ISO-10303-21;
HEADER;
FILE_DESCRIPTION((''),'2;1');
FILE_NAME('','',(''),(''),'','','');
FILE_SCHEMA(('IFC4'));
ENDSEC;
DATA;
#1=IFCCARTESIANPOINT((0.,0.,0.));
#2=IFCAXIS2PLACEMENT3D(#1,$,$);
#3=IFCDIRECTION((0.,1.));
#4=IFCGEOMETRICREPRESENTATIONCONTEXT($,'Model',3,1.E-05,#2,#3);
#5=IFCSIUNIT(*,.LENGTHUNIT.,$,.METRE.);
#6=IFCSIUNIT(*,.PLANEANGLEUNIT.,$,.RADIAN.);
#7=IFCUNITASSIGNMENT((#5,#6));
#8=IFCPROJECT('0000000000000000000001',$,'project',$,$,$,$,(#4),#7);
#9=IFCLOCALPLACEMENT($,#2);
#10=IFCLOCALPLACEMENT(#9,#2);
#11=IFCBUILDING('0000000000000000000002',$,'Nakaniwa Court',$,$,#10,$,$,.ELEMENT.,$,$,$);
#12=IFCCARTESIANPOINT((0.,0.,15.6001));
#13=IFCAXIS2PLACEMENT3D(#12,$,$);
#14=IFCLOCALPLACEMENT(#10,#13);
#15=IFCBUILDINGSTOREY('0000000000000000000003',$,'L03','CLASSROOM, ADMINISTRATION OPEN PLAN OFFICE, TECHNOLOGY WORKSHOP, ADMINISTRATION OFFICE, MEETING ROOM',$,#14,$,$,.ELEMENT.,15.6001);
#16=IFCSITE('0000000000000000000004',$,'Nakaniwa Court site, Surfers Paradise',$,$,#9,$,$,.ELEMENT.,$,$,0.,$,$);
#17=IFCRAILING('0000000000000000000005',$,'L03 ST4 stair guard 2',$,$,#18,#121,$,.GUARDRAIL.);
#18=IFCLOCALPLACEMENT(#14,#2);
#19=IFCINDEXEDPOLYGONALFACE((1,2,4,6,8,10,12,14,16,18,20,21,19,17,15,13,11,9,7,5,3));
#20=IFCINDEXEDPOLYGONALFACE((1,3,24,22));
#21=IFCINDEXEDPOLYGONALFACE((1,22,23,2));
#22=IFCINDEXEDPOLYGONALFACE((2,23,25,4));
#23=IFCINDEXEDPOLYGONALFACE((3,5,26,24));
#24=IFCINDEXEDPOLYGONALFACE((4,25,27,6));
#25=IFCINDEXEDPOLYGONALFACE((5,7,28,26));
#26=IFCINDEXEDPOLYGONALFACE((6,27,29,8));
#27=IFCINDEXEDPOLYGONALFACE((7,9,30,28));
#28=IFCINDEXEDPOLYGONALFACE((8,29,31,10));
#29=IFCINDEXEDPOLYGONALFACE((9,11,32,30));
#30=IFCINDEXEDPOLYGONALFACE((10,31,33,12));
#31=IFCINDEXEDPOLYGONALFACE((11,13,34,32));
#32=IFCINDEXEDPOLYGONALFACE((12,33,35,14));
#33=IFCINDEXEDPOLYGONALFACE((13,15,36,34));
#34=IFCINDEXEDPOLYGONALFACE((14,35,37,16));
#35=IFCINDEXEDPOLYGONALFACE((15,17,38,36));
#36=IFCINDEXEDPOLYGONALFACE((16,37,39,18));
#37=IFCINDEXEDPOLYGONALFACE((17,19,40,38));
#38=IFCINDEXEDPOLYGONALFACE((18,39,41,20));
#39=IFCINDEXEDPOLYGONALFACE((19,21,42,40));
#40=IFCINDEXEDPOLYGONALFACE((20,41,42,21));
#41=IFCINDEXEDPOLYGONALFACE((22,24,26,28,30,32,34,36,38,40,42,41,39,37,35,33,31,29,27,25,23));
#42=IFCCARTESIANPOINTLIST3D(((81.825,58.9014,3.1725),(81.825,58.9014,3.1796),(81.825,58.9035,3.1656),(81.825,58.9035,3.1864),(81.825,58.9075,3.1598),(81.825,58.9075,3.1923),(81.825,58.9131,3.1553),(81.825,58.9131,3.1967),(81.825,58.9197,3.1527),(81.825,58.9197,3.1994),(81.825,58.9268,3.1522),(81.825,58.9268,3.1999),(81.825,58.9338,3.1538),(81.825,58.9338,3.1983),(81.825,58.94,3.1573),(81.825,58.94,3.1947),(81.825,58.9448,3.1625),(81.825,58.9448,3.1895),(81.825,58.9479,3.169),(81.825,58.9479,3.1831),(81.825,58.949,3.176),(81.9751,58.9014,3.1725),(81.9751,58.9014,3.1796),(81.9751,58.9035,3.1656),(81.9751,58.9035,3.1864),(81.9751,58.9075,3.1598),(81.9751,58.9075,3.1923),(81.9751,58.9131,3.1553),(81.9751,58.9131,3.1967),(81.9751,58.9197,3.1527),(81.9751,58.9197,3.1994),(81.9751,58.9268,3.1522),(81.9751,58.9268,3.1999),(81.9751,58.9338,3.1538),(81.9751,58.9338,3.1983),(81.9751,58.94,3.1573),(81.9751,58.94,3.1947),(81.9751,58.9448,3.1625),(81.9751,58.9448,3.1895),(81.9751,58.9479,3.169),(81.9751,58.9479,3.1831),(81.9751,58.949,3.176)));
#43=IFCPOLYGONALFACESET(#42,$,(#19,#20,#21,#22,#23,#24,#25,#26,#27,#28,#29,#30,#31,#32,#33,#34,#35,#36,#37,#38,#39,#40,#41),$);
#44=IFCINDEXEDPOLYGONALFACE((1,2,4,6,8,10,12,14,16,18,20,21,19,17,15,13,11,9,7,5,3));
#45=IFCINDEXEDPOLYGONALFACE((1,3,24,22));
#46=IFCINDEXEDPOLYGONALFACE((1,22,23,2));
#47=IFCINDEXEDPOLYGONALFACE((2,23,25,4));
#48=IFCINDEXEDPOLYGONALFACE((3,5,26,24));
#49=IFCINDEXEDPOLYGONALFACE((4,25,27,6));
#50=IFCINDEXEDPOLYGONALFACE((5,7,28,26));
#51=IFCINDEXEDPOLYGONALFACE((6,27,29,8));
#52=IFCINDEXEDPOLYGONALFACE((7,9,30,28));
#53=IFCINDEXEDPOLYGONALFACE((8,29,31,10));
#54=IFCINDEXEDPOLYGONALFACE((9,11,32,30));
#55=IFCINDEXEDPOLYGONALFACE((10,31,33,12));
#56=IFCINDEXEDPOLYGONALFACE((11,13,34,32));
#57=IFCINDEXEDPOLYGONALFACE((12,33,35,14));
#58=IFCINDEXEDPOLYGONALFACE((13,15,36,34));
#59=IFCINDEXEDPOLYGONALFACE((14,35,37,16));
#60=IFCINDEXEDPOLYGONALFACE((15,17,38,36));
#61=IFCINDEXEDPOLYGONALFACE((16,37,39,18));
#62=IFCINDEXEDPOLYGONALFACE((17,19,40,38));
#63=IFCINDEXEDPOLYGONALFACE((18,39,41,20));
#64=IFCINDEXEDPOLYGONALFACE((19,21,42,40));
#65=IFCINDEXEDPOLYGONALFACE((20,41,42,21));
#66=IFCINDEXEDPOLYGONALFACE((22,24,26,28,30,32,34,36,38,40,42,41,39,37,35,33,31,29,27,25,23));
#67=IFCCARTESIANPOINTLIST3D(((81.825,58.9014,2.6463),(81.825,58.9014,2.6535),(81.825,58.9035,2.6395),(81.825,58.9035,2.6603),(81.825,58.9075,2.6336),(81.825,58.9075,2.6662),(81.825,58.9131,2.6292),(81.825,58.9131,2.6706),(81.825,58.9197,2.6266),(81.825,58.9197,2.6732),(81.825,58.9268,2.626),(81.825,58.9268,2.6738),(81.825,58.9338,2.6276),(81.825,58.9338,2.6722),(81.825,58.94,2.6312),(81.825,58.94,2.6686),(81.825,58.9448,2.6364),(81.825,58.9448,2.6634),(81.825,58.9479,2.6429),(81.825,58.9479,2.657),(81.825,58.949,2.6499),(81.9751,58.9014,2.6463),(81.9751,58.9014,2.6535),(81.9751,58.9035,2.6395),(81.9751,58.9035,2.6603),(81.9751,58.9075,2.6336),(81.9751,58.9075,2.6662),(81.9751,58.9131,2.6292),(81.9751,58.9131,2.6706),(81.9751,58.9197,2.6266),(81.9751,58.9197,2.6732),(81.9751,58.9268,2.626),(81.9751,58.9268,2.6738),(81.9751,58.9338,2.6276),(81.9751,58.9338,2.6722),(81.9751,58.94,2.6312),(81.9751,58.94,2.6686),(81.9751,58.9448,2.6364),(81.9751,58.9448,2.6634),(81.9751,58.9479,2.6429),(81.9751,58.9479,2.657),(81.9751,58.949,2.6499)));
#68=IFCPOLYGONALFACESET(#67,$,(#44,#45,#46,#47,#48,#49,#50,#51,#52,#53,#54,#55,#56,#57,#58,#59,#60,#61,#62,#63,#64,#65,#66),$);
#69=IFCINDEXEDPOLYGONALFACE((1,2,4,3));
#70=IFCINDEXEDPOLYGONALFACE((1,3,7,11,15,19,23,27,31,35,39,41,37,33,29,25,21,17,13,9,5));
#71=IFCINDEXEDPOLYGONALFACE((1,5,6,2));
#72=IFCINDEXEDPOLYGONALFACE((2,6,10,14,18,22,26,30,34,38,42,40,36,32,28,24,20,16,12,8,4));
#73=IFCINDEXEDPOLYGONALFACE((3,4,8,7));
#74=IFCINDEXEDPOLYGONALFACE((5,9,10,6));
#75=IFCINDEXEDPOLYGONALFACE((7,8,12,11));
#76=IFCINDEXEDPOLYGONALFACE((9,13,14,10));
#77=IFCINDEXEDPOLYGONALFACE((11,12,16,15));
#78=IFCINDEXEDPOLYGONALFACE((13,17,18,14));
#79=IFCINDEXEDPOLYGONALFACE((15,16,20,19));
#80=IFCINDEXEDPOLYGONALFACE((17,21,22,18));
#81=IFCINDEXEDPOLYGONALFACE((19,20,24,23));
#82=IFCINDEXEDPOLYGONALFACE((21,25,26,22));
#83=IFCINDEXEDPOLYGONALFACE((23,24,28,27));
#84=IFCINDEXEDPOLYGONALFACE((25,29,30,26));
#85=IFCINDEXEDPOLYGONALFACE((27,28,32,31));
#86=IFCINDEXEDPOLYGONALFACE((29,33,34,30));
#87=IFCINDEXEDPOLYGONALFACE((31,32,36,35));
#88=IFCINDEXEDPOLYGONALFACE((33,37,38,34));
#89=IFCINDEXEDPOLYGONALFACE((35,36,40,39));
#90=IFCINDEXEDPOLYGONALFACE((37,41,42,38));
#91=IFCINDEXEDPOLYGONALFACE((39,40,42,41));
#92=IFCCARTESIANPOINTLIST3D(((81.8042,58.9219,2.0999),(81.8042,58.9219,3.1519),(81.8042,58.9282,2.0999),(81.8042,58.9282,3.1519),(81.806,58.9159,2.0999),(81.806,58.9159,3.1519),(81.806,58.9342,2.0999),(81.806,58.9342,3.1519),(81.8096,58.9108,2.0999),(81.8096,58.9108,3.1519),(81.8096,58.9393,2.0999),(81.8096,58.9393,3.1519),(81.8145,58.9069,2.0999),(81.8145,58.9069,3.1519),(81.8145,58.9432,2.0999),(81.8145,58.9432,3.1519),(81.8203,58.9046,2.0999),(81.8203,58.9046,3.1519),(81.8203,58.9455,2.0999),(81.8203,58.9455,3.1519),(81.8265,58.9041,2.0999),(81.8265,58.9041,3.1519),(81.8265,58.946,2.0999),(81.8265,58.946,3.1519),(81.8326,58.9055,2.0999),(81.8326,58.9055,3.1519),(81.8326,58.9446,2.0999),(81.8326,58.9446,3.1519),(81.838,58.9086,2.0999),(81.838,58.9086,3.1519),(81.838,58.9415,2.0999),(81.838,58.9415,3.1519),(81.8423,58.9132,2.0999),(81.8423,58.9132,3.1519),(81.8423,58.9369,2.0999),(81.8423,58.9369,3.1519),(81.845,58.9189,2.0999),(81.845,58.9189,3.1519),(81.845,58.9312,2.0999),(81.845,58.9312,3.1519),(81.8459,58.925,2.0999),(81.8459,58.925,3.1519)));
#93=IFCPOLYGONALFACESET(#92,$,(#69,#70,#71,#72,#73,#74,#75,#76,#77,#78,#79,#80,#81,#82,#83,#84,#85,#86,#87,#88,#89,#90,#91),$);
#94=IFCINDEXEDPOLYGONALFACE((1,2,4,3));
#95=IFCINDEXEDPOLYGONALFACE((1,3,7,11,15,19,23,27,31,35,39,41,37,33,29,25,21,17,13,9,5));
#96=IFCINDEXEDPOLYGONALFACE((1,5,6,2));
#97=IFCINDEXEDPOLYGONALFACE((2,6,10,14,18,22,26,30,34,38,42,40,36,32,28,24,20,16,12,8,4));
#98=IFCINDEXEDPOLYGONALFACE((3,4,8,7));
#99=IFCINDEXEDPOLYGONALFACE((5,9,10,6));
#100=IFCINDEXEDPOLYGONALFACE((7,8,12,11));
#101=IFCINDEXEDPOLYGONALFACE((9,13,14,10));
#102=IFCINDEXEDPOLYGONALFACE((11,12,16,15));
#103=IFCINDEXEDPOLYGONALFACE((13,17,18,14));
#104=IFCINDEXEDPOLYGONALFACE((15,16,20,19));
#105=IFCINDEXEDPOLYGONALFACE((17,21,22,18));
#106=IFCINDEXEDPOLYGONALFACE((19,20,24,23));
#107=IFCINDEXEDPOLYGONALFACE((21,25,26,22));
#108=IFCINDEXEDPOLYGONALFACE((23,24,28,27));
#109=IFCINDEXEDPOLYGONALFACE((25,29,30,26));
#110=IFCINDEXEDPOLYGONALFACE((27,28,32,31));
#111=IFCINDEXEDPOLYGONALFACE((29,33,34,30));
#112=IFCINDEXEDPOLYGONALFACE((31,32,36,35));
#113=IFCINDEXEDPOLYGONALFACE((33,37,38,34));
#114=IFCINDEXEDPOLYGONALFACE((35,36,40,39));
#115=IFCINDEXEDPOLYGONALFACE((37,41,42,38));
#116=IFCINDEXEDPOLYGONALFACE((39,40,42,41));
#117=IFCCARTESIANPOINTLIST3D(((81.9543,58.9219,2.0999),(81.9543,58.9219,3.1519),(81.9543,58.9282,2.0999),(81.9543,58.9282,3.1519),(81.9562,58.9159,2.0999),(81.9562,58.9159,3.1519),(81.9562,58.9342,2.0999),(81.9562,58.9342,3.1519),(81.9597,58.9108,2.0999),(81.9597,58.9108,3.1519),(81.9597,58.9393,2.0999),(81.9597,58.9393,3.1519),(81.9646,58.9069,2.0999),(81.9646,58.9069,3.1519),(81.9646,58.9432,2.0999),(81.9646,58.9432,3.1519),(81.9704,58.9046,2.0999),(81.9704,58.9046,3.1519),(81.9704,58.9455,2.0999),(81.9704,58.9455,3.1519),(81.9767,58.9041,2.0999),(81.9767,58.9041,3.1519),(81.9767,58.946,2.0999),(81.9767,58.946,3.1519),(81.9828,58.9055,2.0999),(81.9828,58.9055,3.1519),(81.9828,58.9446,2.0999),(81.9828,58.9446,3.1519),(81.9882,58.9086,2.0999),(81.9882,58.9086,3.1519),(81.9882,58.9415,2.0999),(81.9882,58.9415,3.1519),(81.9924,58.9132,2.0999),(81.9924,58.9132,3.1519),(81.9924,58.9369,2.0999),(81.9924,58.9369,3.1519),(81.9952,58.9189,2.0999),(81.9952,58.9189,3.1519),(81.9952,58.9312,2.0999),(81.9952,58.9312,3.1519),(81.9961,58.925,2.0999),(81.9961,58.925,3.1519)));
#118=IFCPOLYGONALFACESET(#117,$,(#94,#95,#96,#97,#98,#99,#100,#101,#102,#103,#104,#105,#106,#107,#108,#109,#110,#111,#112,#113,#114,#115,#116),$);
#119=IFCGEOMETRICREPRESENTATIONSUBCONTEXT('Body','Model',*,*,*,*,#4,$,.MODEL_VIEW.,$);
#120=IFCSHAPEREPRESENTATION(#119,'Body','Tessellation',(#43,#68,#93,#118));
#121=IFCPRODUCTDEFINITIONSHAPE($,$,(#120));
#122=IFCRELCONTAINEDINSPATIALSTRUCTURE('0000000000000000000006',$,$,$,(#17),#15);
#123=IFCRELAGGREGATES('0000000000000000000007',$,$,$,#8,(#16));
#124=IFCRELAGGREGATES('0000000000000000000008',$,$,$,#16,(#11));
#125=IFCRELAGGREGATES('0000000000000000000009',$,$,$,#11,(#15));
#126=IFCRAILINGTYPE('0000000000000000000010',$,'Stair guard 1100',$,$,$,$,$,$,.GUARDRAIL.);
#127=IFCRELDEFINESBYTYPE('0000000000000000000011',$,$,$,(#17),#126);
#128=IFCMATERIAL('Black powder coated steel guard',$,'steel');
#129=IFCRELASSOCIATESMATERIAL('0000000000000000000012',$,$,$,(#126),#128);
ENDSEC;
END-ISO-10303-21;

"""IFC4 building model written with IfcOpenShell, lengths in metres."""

from ifc_helpers import new_model, si_unit, direction, frame, origin, origin_2d, place, context, subcontext, project, spatial, circle, extrude, material, type_object, element, save


model = new_model("IFC4")

# Units and contexts
model_context = context("Model", 3, precision=1e-05, world=origin(), true_north=direction((0.0, 1.0)))
body_context = subcontext(model_context, "Body", "Model", "MODEL_VIEW")
ifc_project = project(units=[si_unit("LENGTHUNIT", "METRE"), si_unit("PLANEANGLEUNIT", "RADIAN")], contexts=[model_context])

# Site, building, storey
site_placement = place(None, origin())
site = spatial("IfcSite", under=ifc_project, at=site_placement, Name="Nakaniwa Court site, Surfers Paradise", CompositionType="ELEMENT", RefElevation=0.0)
building_placement = place(site_placement, origin())
building = spatial("IfcBuilding", under=site, at=building_placement, Name="Nakaniwa Court", CompositionType="ELEMENT")
storey_placement = place(building_placement, frame((0.0, 0.0, 15.6001)))
storey = spatial("IfcBuildingStorey", under=building, at=storey_placement, Name="L03", Description="CLASSROOM, ADMINISTRATION OPEN PLAN OFFICE, TECHNOLOGY WORKSHOP, ADMINISTRATION OFFICE, MEETING ROOM", CompositionType="ELEMENT", Elevation=15.6001)

# Railing
ifc_material_1 = material(Name="Black powder coated steel guard", Category="steel")
railing_type_1 = type_object("IfcRailingType", Name="Stair guard 1100", PredefinedType="GUARDRAIL", material=ifc_material_1)
railing_1_placement = place(storey_placement, frame((81.825, 58.925, 2.0999)))
element("IfcRailing", 1, at=railing_1_placement, inside=storey, type_object=railing_type_1, Name="L03 ST4 stair guard 2", PredefinedType="GUARDRAIL", context=body_context, shape_type="SweptSolid", body=[
    extrude(circle(Radius=0.0239, at=origin_2d()), frame((0.0, 0.0, 1.0762), z_axis=(1.0, 0.0, 0.0), x_axis=(0.0, 1.0, 0.0)), (0.0, 0.0, 1.0), 0.1501),
    extrude(circle(Radius=0.0239, at=origin_2d()), frame((0.0, 0.0, 0.55), z_axis=(1.0, 0.0, 0.0), x_axis=(0.0, 1.0, 0.0)), (0.0, 0.0, 1.0), 0.1501),
    extrude(circle(Radius=0.021, at=origin_2d()), origin(), (0.0, 0.0, 1.0), 1.052),
    extrude(circle(Radius=0.021, at=origin_2d()), frame((0.1501, 0.0, 0.0)), (0.0, 0.0, 1.0), 1.052),
])

save(model, "model.ifc")
